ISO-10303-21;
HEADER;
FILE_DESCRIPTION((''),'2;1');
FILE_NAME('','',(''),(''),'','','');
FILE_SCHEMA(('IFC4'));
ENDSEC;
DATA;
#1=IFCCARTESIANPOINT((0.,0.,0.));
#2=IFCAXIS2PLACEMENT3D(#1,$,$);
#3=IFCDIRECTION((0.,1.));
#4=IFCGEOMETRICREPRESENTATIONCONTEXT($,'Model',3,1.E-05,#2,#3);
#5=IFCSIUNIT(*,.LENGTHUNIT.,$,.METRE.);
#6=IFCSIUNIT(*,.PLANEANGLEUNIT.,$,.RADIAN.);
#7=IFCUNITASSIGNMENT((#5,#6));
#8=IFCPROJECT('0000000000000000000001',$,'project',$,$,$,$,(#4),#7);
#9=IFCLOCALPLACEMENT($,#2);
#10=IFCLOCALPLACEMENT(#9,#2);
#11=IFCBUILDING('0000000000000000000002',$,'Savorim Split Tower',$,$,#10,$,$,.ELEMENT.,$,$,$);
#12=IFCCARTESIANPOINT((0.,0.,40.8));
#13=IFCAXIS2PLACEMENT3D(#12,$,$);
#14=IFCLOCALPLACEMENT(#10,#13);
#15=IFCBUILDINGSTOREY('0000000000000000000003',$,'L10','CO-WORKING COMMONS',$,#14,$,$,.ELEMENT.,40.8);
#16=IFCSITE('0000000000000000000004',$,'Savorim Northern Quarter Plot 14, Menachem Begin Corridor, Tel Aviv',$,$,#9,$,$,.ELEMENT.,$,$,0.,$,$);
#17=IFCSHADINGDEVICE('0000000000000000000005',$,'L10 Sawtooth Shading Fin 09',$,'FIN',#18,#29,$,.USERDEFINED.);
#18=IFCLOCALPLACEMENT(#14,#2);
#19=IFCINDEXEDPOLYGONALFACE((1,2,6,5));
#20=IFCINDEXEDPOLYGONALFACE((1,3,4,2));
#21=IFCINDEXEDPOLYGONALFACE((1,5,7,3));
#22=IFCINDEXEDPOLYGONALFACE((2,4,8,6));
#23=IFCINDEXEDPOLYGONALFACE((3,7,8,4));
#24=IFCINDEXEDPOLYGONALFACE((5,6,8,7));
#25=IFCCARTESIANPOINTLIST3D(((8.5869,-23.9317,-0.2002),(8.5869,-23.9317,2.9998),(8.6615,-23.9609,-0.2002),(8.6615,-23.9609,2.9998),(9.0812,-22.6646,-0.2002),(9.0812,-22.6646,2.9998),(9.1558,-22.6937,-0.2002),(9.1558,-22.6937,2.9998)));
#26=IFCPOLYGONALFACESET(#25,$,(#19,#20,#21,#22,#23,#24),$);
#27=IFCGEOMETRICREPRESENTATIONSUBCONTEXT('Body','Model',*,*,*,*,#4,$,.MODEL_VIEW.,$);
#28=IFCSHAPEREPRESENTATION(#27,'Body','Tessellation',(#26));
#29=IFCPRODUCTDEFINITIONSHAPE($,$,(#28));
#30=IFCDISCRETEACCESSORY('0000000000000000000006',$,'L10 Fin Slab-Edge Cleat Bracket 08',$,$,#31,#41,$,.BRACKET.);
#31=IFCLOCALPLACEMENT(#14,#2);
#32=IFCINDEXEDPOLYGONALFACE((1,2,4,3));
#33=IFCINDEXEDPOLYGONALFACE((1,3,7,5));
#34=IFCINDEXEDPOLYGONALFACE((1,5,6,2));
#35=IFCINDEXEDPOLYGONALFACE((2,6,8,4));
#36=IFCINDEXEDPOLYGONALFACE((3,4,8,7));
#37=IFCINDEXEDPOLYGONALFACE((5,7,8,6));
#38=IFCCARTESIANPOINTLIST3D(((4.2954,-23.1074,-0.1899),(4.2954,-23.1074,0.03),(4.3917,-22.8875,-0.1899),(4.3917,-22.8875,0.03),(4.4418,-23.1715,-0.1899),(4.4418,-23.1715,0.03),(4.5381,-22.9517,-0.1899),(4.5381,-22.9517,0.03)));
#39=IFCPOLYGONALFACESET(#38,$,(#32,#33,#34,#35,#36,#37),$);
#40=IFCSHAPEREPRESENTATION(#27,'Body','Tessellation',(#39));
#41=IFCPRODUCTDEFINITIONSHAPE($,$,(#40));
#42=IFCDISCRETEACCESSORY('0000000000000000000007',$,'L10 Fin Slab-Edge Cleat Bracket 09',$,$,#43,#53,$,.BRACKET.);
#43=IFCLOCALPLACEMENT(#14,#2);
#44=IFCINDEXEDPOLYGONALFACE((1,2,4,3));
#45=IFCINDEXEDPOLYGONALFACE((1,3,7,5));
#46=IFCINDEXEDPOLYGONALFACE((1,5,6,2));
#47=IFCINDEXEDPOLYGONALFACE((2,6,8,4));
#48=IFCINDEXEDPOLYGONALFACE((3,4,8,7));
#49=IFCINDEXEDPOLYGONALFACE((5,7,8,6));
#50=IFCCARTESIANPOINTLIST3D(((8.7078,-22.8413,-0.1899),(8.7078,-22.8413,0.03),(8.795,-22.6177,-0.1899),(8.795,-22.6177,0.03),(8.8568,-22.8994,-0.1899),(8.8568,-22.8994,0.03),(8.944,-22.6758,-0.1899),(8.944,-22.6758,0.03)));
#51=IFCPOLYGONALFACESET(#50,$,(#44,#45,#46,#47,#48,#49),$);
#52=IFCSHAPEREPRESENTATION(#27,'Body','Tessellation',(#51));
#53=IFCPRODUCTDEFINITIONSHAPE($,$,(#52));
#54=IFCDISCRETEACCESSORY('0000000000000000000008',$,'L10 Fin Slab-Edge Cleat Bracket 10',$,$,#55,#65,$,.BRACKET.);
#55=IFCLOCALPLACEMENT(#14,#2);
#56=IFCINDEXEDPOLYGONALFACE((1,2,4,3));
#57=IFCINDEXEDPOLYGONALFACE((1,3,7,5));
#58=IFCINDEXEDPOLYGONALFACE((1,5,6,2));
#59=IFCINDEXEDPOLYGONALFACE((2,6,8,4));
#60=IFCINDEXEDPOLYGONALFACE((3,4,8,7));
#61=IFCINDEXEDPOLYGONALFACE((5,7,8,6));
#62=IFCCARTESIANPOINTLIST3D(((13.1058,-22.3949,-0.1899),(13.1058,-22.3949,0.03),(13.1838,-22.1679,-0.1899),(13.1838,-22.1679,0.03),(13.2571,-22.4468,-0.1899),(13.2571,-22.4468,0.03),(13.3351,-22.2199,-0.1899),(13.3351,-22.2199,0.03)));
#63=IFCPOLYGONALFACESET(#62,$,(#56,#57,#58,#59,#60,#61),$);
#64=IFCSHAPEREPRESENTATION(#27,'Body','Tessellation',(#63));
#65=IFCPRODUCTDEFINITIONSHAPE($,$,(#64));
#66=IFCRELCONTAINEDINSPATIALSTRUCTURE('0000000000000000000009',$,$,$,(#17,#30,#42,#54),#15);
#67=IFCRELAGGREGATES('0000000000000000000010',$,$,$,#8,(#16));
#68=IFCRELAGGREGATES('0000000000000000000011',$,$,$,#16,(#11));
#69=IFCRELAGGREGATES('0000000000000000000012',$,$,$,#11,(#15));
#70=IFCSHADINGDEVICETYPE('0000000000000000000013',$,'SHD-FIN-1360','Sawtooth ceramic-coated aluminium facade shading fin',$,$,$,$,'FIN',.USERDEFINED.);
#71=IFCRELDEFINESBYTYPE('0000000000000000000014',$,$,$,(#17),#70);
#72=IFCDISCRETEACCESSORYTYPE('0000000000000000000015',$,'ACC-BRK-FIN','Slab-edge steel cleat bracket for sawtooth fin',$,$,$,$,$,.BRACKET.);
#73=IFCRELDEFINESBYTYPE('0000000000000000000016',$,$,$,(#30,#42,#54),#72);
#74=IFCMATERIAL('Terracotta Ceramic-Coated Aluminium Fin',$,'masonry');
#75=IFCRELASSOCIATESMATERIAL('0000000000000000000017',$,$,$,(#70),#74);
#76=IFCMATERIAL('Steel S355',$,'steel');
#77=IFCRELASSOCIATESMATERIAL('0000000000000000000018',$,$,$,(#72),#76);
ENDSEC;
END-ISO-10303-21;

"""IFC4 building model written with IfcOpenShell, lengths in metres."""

from ifc_helpers import new_model, si_unit, direction, frame, origin, origin_2d, place, context, subcontext, project, spatial, rectangle, extrude, material, type_object, element, save


model = new_model("IFC4")

# Units and contexts
model_context = context("Model", 3, precision=1e-05, world=origin(), true_north=direction((0.0, 1.0)))
body_context = subcontext(model_context, "Body", "Model", "MODEL_VIEW")
ifc_project = project(units=[si_unit("LENGTHUNIT", "METRE"), si_unit("PLANEANGLEUNIT", "RADIAN")], contexts=[model_context])

# Site, building, storey
site_placement = place(None, origin())
site = spatial("IfcSite", under=ifc_project, at=site_placement, Name="Savorim Northern Quarter Plot 14, Menachem Begin Corridor, Tel Aviv", CompositionType="ELEMENT", RefElevation=0.0)
building_placement = place(site_placement, origin())
building = spatial("IfcBuilding", under=site, at=building_placement, Name="Savorim Split Tower", CompositionType="ELEMENT")
storey_placement = place(building_placement, frame((0.0, 0.0, 40.8)))
storey = spatial("IfcBuildingStorey", under=building, at=storey_placement, Name="L10", Description="CO-WORKING COMMONS", CompositionType="ELEMENT", Elevation=40.8)

# Shared definitions
ifc_material_1 = material(Name="Steel S355", Category="steel")

# Shading device
ifc_material_2 = material(Name="Terracotta Ceramic-Coated Aluminium Fin", Category="masonry")
shading_device_type = type_object("IfcShadingDeviceType", Name="SHD-FIN-1360", Description="Sawtooth ceramic-coated aluminium facade shading fin", ElementType="FIN", PredefinedType="USERDEFINED", material=ifc_material_2)
for number, where, z_axis, x_axis, name in (
    (1, (8.8713, -23.3127, -0.2002), (0.0, 0.0, 1.0), (-0.363415, -0.931627, 0.0), "L10 Sawtooth Shading Fin 09"),
):
    element("IfcShadingDevice", number, at=place(storey_placement, frame(where, z_axis=z_axis, x_axis=x_axis)), inside=storey, type_object=shading_device_type, Name=name, ObjectType="FIN", PredefinedType="USERDEFINED", context=body_context, shape_type="SweptSolid", body=[
        extrude(rectangle(XDim=1.3601, YDim=0.0801, at=origin_2d()), origin(), (0.0, 0.0, 1.0), 3.2),
    ])

# Discrete accessories
discrete_accessory_type = type_object("IfcDiscreteAccessoryType", Name="ACC-BRK-FIN", Description="Slab-edge steel cleat bracket for sawtooth fin", PredefinedType="BRACKET", material=ifc_material_1)
for number, where, z_axis, x_axis, name in (
    (2, (4.4167, -23.0295, -0.1899), (0.0, 0.0, 1.0), (-0.40123, -0.915977, 0.0), "L10 Fin Slab-Edge Cleat Bracket 08"),
    (3, (8.8259, -22.7585, -0.1899), (0.0, 0.0, 1.0), (-0.363415, -0.931627, 0.0), "L10 Fin Slab-Edge Cleat Bracket 09"),
    (4, (13.2205, -22.3074, -0.1899), (0.0, 0.0, 1.0), (-0.324994, -0.945716, 0.0), "L10 Fin Slab-Edge Cleat Bracket 10"),
):
    element("IfcDiscreteAccessory", number, at=place(storey_placement, frame(where, z_axis=z_axis, x_axis=x_axis)), inside=storey, type_object=discrete_accessory_type, Name=name, PredefinedType="BRACKET", context=body_context, shape_type="SweptSolid", body=[
        extrude(rectangle(XDim=0.24, YDim=0.1599, at=origin_2d()), origin(), (0.0, 0.0, 1.0), 0.22),
    ])

save(model, "model.ifc")
